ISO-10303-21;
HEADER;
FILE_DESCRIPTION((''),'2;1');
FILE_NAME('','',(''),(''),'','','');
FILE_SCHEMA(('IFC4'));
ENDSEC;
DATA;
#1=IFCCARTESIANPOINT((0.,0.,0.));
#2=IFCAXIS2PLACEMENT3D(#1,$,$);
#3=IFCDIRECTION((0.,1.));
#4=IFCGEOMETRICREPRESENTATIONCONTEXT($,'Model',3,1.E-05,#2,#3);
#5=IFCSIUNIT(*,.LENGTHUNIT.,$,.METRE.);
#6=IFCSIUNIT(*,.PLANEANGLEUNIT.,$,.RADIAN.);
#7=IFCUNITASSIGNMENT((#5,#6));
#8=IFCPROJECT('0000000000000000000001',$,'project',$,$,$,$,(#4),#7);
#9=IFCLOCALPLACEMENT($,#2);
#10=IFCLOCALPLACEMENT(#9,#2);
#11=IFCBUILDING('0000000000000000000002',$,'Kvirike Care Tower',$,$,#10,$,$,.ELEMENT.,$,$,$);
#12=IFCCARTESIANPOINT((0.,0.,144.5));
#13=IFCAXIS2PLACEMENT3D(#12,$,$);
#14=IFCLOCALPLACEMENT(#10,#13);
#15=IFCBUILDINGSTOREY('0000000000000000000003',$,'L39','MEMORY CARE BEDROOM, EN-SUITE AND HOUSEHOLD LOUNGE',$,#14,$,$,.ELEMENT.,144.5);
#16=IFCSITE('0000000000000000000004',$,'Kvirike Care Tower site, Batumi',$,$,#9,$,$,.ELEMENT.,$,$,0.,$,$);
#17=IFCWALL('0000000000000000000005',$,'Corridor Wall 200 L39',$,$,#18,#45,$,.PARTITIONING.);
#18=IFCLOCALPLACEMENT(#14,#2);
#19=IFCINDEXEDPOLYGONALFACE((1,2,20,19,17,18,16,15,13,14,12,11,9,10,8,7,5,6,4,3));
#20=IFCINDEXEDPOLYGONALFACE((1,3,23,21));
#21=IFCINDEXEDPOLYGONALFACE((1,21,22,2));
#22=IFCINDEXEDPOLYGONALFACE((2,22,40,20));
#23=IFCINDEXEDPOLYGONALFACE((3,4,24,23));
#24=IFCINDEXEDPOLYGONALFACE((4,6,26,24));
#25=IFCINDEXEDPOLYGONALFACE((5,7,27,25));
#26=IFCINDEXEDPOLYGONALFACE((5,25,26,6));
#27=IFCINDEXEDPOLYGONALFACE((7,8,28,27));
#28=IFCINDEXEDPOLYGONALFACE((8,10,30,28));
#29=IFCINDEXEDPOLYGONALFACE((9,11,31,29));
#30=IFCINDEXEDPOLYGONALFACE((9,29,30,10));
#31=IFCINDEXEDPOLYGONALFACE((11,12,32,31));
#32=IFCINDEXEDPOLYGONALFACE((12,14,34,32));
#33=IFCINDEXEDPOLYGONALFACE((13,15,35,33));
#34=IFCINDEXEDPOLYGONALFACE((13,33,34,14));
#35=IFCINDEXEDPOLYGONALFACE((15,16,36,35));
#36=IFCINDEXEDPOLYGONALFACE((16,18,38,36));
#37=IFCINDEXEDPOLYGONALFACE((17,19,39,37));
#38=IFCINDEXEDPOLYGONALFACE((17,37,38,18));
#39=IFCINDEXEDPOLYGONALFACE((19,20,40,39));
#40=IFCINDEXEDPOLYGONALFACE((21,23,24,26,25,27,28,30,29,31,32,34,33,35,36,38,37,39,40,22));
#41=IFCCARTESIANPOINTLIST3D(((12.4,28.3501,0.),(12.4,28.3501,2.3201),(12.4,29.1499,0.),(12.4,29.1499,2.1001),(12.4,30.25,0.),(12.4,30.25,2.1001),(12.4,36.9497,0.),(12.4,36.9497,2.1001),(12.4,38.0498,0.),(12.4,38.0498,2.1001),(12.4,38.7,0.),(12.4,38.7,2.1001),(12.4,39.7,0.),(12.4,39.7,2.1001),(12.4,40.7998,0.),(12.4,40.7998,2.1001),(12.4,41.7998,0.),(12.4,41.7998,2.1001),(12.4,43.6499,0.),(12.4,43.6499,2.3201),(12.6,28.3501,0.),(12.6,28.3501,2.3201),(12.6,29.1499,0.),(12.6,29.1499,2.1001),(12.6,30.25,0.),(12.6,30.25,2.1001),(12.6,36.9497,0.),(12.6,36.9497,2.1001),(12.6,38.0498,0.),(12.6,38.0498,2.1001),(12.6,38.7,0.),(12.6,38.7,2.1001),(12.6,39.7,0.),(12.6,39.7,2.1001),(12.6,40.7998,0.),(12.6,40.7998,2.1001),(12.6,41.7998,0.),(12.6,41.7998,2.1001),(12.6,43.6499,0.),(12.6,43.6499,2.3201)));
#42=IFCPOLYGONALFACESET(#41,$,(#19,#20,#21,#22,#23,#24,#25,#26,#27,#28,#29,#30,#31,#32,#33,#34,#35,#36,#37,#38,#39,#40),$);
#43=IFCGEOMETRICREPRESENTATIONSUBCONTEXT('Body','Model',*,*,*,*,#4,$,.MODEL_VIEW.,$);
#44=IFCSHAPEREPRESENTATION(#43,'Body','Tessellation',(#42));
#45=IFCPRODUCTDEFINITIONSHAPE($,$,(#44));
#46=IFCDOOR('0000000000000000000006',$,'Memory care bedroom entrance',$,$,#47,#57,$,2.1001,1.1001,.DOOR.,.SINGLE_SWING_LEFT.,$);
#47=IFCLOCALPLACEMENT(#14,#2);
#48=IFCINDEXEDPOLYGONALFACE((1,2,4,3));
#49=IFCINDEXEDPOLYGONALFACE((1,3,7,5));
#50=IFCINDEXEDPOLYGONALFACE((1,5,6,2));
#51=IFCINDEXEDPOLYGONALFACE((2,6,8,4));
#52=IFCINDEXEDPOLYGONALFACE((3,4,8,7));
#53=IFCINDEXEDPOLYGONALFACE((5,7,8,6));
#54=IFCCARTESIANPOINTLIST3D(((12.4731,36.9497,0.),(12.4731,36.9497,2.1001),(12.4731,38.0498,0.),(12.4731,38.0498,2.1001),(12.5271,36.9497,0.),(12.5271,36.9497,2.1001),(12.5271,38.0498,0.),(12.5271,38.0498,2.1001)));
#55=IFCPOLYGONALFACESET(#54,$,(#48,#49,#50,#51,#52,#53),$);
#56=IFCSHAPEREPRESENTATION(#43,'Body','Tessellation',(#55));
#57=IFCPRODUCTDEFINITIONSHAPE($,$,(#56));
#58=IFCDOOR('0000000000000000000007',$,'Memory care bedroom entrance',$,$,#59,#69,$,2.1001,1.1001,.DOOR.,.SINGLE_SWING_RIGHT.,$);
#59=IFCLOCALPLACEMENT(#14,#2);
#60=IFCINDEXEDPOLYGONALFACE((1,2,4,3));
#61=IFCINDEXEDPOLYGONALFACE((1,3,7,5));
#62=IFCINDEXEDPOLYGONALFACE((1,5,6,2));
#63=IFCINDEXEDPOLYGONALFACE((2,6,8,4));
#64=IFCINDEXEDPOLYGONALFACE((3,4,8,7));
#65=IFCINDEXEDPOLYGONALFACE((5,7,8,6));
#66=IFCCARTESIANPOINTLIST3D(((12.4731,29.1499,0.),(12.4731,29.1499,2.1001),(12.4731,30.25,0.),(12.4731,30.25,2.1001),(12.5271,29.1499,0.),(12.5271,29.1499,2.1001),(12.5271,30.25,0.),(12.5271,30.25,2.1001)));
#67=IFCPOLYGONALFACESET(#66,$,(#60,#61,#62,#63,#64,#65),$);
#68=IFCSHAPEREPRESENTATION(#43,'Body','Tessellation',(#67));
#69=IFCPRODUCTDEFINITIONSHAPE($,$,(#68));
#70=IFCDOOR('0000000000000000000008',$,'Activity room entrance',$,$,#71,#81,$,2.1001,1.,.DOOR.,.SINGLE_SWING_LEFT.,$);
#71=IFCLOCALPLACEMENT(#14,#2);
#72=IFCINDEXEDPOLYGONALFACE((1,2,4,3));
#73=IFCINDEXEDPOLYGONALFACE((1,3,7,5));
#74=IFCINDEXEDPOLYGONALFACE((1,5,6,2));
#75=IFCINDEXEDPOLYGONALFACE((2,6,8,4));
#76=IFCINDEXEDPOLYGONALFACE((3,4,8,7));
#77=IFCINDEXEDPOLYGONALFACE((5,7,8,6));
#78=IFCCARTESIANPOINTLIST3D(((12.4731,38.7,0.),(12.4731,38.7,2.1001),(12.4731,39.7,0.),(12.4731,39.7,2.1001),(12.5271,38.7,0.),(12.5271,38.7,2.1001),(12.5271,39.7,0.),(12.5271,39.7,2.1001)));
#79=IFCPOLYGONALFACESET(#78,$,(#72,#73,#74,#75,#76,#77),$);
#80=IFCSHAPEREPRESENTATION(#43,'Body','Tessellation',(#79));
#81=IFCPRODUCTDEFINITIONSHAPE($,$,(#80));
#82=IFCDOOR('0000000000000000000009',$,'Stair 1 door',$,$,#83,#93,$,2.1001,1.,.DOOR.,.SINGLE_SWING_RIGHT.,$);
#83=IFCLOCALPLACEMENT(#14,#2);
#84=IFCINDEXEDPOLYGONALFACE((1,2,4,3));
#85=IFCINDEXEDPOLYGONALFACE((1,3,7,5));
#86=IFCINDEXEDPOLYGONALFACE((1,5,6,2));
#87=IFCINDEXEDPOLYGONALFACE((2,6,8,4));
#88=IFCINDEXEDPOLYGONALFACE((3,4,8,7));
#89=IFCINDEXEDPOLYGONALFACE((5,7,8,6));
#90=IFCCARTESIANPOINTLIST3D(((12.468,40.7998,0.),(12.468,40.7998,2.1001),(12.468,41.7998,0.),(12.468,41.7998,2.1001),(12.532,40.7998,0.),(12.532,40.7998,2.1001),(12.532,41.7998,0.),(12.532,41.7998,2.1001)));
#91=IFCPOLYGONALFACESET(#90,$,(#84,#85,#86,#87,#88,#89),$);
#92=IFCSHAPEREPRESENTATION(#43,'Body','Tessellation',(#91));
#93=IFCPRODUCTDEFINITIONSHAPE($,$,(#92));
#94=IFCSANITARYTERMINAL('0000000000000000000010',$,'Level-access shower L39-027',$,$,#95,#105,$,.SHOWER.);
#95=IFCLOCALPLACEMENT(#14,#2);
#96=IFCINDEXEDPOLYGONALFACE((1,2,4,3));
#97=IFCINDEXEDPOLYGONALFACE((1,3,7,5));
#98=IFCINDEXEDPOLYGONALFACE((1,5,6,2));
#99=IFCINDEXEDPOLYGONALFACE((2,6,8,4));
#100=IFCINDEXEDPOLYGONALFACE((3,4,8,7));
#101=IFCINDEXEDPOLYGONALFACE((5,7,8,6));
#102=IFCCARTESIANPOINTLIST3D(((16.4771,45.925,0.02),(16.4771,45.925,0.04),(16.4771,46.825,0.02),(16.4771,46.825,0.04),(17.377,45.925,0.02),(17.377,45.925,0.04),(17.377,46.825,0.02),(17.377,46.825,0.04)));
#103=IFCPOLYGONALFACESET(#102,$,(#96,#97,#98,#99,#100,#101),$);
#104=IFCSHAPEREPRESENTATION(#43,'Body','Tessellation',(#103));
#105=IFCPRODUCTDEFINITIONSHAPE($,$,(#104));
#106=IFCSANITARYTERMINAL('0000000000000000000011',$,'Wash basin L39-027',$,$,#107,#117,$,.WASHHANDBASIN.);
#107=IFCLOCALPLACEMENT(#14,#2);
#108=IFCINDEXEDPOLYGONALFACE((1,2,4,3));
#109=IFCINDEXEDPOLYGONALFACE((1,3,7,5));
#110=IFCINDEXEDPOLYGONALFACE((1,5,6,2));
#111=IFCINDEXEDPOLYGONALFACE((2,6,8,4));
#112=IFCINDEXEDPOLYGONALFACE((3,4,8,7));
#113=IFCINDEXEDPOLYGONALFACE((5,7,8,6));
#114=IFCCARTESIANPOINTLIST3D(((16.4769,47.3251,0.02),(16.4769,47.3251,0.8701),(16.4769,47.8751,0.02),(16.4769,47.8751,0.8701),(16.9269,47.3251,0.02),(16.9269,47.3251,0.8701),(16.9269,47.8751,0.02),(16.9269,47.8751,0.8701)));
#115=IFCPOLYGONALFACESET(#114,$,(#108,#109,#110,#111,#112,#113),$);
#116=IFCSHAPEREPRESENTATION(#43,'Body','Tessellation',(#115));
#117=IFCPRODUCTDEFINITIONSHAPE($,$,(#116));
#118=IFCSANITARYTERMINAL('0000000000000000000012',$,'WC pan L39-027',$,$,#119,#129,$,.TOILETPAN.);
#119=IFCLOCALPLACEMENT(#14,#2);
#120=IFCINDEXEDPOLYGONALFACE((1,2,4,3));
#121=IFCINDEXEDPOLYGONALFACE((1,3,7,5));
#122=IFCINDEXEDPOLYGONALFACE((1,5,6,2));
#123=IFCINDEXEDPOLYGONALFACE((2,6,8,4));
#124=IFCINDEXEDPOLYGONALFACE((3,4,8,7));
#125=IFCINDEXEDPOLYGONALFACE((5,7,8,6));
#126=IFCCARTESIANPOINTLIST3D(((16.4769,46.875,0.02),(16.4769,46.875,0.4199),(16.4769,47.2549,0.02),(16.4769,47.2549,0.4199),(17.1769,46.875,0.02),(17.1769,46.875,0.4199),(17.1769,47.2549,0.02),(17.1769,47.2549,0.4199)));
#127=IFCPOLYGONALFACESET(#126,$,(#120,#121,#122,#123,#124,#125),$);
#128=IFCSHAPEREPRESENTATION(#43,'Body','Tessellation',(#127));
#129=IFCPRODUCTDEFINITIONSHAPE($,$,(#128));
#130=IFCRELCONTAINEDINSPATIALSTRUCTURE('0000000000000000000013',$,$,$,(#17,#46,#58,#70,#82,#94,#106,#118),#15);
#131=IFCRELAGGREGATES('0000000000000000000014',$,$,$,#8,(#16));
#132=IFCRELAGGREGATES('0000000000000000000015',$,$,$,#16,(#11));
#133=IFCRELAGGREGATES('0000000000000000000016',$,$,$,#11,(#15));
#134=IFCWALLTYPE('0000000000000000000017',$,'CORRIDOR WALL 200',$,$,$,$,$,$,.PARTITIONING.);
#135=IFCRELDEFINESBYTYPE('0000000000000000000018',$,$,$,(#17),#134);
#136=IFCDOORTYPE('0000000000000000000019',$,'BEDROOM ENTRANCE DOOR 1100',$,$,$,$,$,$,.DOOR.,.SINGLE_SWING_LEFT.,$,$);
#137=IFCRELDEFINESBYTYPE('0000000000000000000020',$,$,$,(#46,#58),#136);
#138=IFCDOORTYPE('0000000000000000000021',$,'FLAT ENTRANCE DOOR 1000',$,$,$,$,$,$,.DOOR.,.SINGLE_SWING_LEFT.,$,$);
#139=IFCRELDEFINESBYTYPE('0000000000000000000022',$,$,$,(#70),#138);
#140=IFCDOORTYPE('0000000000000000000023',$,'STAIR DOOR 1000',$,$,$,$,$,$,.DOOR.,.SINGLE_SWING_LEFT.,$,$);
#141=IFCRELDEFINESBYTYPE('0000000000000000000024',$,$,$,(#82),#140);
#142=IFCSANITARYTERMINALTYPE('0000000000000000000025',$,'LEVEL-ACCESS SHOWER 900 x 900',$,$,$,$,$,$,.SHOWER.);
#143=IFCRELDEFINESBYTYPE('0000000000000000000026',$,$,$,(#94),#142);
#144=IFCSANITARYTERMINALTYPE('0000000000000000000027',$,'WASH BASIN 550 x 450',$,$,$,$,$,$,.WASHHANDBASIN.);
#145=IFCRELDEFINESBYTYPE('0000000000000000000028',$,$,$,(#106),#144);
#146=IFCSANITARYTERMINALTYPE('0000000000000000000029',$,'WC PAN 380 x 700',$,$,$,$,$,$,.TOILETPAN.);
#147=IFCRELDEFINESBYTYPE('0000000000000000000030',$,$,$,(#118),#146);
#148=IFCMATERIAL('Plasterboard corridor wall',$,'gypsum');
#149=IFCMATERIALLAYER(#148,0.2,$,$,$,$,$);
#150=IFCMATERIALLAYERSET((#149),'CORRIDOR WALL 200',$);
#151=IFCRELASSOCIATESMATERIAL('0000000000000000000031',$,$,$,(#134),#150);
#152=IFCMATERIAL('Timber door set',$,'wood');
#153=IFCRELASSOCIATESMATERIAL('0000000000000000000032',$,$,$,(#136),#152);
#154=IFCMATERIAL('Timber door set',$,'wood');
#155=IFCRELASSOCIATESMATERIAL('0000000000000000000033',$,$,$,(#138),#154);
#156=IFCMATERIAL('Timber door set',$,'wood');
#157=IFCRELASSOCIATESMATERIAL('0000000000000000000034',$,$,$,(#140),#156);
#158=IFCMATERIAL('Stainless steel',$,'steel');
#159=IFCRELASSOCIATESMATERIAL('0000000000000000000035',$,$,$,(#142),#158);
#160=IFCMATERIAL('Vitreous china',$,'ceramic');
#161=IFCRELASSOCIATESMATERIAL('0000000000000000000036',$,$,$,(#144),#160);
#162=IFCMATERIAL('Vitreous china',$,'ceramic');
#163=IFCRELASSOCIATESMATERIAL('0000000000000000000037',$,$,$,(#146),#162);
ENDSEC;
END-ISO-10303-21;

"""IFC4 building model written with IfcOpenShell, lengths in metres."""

from ifc_helpers import new_model, si_unit, direction, frame, frame_2d, origin, origin_2d, place, context, subcontext, project, spatial, rectangle, extrude, material, layer, layer_set, type_object, element, fill, save


model = new_model("IFC4")

# Units and contexts
model_context = context("Model", 3, precision=1e-05, world=origin(), true_north=direction((0.0, 1.0)))
body_context = subcontext(model_context, "Body", "Model", "MODEL_VIEW")
ifc_project = project(units=[si_unit("LENGTHUNIT", "METRE"), si_unit("PLANEANGLEUNIT", "RADIAN")], contexts=[model_context])

# Site, building, storey
site_placement = place(None, origin())
site = spatial("IfcSite", under=ifc_project, at=site_placement, Name="Kvirike Care Tower site, Batumi", CompositionType="ELEMENT", RefElevation=0.0)
building_placement = place(site_placement, origin())
building = spatial("IfcBuilding", under=site, at=building_placement, Name="Kvirike Care Tower", CompositionType="ELEMENT")
storey_placement = place(building_placement, frame((0.0, 0.0, 144.5)))
storey = spatial("IfcBuildingStorey", under=building, at=storey_placement, Name="L39", Description="MEMORY CARE BEDROOM, EN-SUITE AND HOUSEHOLD LOUNGE", CompositionType="ELEMENT", Elevation=144.5)

# Wall, openings, doors
ifc_material_1 = material(Name="Plasterboard corridor wall", Category="gypsum")
ifc_layer_1 = layer(ifc_material_1, 0.2)
ifc_layer_set_1 = layer_set([ifc_layer_1], Name="CORRIDOR WALL 200")
wall_type_1 = type_object("IfcWallType", Name="CORRIDOR WALL 200", PredefinedType="PARTITIONING", material=ifc_layer_set_1)
wall_1_placement = place(storey_placement, frame((12.5, 43.6499, 0.0), z_axis=(0.0, 0.0, 1.0), x_axis=(0.0, -1.0, 0.0)))
wall_1 = element("IfcWall", 1, at=wall_1_placement, inside=storey, type_object=wall_type_1, Name="Corridor Wall 200 L39", PredefinedType="PARTITIONING", context=body_context, shape_type="SweptSolid", body=[
    extrude(rectangle(XDim=15.2998, YDim=0.2, at=frame_2d((7.6499, 0.0))), origin(), (0.0, 0.0, 1.0), 2.3201),
])
opening_1_placement = place(wall_1_placement, frame((1.8501, 0.0, 0.0)))
opening_1 = element("IfcOpeningElement", 2, at=opening_1_placement, cuts=wall_1, PredefinedType="OPENING", context=body_context, shape_type="SweptSolid", body=[
    extrude(rectangle(XDim=1.0, YDim=2.1001, at=frame_2d((0.5, 1.05))), frame((0.0, 0.1106, 0.0), z_axis=(0.0, -1.0, 0.0), x_axis=(1.0, 0.0, 0.0)), (0.0, 0.0, 1.0), 0.2209),
])
opening_2_placement = place(wall_1_placement, frame((3.95, 0.0, 0.0)))
opening_2 = element("IfcOpeningElement", 3, at=opening_2_placement, cuts=wall_1, PredefinedType="OPENING", context=body_context, shape_type="SweptSolid", body=[
    extrude(rectangle(XDim=1.0, YDim=2.1001, at=frame_2d((0.5, 1.05))), frame((0.0, 0.1106, 0.0), z_axis=(0.0, -1.0, 0.0), x_axis=(1.0, 0.0, 0.0)), (0.0, 0.0, 1.0), 0.2209),
])
opening_3_placement = place(wall_1_placement, frame((5.6001, 0.0, 0.0)))
opening_3 = element("IfcOpeningElement", 4, at=opening_3_placement, cuts=wall_1, PredefinedType="OPENING", context=body_context, shape_type="SweptSolid", body=[
    extrude(rectangle(XDim=1.1001, YDim=2.1001, at=frame_2d((0.55, 1.05))), frame((0.0, 0.1106, 0.0), z_axis=(0.0, -1.0, 0.0), x_axis=(1.0, 0.0, 0.0)), (0.0, 0.0, 1.0), 0.2209),
])
opening_4_placement = place(wall_1_placement, frame((13.3999, 0.0, 0.0)))
opening_4 = element("IfcOpeningElement", 5, at=opening_4_placement, cuts=wall_1, PredefinedType="OPENING", context=body_context, shape_type="SweptSolid", body=[
    extrude(rectangle(XDim=1.1001, YDim=2.1001, at=frame_2d((0.55, 1.05))), frame((0.0, 0.1106, 0.0), z_axis=(0.0, -1.0, 0.0), x_axis=(1.0, 0.0, 0.0)), (0.0, 0.0, 1.0), 0.2209),
])
ifc_material_2 = material(Name="Timber door set", Category="wood")
door_type_1 = type_object("IfcDoorType", Name="BEDROOM ENTRANCE DOOR 1100", OperationType="SINGLE_SWING_LEFT", PredefinedType="DOOR", material=ifc_material_2)
door_1_placement = place(opening_3_placement, frame((1.1001, 0.0, 0.0), z_axis=(0.0, 0.0, 1.0), x_axis=(-1.0, 0.0, 0.0)))
door_1 = element("IfcDoor", 6, at=door_1_placement, inside=storey, type_object=door_type_1, Name="Memory care bedroom entrance", OperationType="SINGLE_SWING_LEFT", OverallHeight=2.1001, OverallWidth=1.1001, PredefinedType="DOOR", context=body_context, shape_type="SweptSolid", body=[
    extrude(rectangle(XDim=1.1001, YDim=2.1001, at=frame_2d((0.55, 1.05))), frame((0.0, 0.0269, 0.0), z_axis=(0.0, -1.0, 0.0), x_axis=(1.0, 0.0, 0.0)), (0.0, 0.0, 1.0), 0.054),
])
fill(opening_3, door_1)
door_2_placement = place(opening_4_placement, frame((1.1001, 0.0, 0.0), z_axis=(0.0, 0.0, 1.0), x_axis=(-1.0, 0.0, 0.0)))
door_2 = element("IfcDoor", 7, at=door_2_placement, inside=storey, type_object=door_type_1, Name="Memory care bedroom entrance", OperationType="SINGLE_SWING_RIGHT", OverallHeight=2.1001, OverallWidth=1.1001, PredefinedType="DOOR", context=body_context, shape_type="SweptSolid", body=[
    extrude(rectangle(XDim=1.1001, YDim=2.1001, at=frame_2d((0.55, 1.05))), frame((0.0, 0.0269, 0.0), z_axis=(0.0, -1.0, 0.0), x_axis=(1.0, 0.0, 0.0)), (0.0, 0.0, 1.0), 0.054),
])
fill(opening_4, door_2)
ifc_material_3 = material(Name="Timber door set", Category="wood")
door_type_2 = type_object("IfcDoorType", Name="FLAT ENTRANCE DOOR 1000", OperationType="SINGLE_SWING_LEFT", PredefinedType="DOOR", material=ifc_material_3)
door_3_placement = place(opening_2_placement, frame((1.0, 0.0, 0.0), z_axis=(0.0, 0.0, 1.0), x_axis=(-1.0, 0.0, 0.0)))
door_3 = element("IfcDoor", 8, at=door_3_placement, inside=storey, type_object=door_type_2, Name="Activity room entrance", OperationType="SINGLE_SWING_LEFT", OverallHeight=2.1001, OverallWidth=1.0, PredefinedType="DOOR", context=body_context, shape_type="SweptSolid", body=[
    extrude(rectangle(XDim=1.0, YDim=2.1001, at=frame_2d((0.5, 1.05))), frame((0.0, 0.0269, 0.0), z_axis=(0.0, -1.0, 0.0), x_axis=(1.0, 0.0, 0.0)), (0.0, 0.0, 1.0), 0.054),
])
fill(opening_2, door_3)
ifc_material_4 = material(Name="Timber door set", Category="wood")
door_type_3 = type_object("IfcDoorType", Name="STAIR DOOR 1000", OperationType="SINGLE_SWING_LEFT", PredefinedType="DOOR", material=ifc_material_4)
door_4_placement = place(opening_1_placement, frame((1.0, 0.0, 0.0), z_axis=(0.0, 0.0, 1.0), x_axis=(-1.0, 0.0, 0.0)))
door_4 = element("IfcDoor", 9, at=door_4_placement, inside=storey, type_object=door_type_3, Name="Stair 1 door", OperationType="SINGLE_SWING_RIGHT", OverallHeight=2.1001, OverallWidth=1.0, PredefinedType="DOOR", context=body_context, shape_type="SweptSolid", body=[
    extrude(rectangle(XDim=1.0, YDim=2.1001, at=frame_2d((0.5, 1.05))), frame((0.0, 0.032, 0.0), z_axis=(0.0, -1.0, 0.0), x_axis=(1.0, 0.0, 0.0)), (0.0, 0.0, 1.0), 0.064),
])
fill(opening_1, door_4)

# Sanitary terminals
ifc_material_5 = material(Name="Stainless steel", Category="steel")
sanitary_terminal_type_1 = type_object("IfcSanitaryTerminalType", Name="LEVEL-ACCESS SHOWER 900 x 900", PredefinedType="SHOWER", material=ifc_material_5)
sanitary_terminal_1_placement = place(storey_placement, frame((16.927, 46.375, 0.02), z_axis=(0.0, 0.0, 1.0), x_axis=(0.0, 1.0, 0.0)))
element("IfcSanitaryTerminal", 10, at=sanitary_terminal_1_placement, inside=storey, type_object=sanitary_terminal_type_1, Name="Level-access shower L39-027", PredefinedType="SHOWER", context=body_context, shape_type="SweptSolid", body=[
    extrude(rectangle(XDim=0.8999, YDim=0.8999, at=origin_2d()), origin(), (0.0, 0.0, 1.0), 0.02),
])
ifc_material_6 = material(Name="Vitreous china", Category="ceramic")
sanitary_terminal_type_2 = type_object("IfcSanitaryTerminalType", Name="WASH BASIN 550 x 450", PredefinedType="WASHHANDBASIN", material=ifc_material_6)
sanitary_terminal_2_placement = place(storey_placement, frame((16.7019, 47.6001, 0.02), z_axis=(0.0, 0.0, 1.0), x_axis=(0.0, 1.0, 0.0)))
element("IfcSanitaryTerminal", 11, at=sanitary_terminal_2_placement, inside=storey, type_object=sanitary_terminal_type_2, Name="Wash basin L39-027", PredefinedType="WASHHANDBASIN", context=body_context, shape_type="SweptSolid", body=[
    extrude(rectangle(XDim=0.55, YDim=0.45, at=origin_2d()), origin(), (0.0, 0.0, 1.0), 0.8501),
])
ifc_material_7 = material(Name="Vitreous china", Category="ceramic")
sanitary_terminal_type_3 = type_object("IfcSanitaryTerminalType", Name="WC PAN 380 x 700", PredefinedType="TOILETPAN", material=ifc_material_7)
sanitary_terminal_3_placement = place(storey_placement, frame((16.8269, 47.0649, 0.02), z_axis=(0.0, 0.0, 1.0), x_axis=(0.0, 1.0, 0.0)))
element("IfcSanitaryTerminal", 12, at=sanitary_terminal_3_placement, inside=storey, type_object=sanitary_terminal_type_3, Name="WC pan L39-027", PredefinedType="TOILETPAN", context=body_context, shape_type="SweptSolid", body=[
    extrude(rectangle(XDim=0.3799, YDim=0.7, at=origin_2d()), origin(), (0.0, 0.0, 1.0), 0.3999),
])

save(model, "model.ifc")
